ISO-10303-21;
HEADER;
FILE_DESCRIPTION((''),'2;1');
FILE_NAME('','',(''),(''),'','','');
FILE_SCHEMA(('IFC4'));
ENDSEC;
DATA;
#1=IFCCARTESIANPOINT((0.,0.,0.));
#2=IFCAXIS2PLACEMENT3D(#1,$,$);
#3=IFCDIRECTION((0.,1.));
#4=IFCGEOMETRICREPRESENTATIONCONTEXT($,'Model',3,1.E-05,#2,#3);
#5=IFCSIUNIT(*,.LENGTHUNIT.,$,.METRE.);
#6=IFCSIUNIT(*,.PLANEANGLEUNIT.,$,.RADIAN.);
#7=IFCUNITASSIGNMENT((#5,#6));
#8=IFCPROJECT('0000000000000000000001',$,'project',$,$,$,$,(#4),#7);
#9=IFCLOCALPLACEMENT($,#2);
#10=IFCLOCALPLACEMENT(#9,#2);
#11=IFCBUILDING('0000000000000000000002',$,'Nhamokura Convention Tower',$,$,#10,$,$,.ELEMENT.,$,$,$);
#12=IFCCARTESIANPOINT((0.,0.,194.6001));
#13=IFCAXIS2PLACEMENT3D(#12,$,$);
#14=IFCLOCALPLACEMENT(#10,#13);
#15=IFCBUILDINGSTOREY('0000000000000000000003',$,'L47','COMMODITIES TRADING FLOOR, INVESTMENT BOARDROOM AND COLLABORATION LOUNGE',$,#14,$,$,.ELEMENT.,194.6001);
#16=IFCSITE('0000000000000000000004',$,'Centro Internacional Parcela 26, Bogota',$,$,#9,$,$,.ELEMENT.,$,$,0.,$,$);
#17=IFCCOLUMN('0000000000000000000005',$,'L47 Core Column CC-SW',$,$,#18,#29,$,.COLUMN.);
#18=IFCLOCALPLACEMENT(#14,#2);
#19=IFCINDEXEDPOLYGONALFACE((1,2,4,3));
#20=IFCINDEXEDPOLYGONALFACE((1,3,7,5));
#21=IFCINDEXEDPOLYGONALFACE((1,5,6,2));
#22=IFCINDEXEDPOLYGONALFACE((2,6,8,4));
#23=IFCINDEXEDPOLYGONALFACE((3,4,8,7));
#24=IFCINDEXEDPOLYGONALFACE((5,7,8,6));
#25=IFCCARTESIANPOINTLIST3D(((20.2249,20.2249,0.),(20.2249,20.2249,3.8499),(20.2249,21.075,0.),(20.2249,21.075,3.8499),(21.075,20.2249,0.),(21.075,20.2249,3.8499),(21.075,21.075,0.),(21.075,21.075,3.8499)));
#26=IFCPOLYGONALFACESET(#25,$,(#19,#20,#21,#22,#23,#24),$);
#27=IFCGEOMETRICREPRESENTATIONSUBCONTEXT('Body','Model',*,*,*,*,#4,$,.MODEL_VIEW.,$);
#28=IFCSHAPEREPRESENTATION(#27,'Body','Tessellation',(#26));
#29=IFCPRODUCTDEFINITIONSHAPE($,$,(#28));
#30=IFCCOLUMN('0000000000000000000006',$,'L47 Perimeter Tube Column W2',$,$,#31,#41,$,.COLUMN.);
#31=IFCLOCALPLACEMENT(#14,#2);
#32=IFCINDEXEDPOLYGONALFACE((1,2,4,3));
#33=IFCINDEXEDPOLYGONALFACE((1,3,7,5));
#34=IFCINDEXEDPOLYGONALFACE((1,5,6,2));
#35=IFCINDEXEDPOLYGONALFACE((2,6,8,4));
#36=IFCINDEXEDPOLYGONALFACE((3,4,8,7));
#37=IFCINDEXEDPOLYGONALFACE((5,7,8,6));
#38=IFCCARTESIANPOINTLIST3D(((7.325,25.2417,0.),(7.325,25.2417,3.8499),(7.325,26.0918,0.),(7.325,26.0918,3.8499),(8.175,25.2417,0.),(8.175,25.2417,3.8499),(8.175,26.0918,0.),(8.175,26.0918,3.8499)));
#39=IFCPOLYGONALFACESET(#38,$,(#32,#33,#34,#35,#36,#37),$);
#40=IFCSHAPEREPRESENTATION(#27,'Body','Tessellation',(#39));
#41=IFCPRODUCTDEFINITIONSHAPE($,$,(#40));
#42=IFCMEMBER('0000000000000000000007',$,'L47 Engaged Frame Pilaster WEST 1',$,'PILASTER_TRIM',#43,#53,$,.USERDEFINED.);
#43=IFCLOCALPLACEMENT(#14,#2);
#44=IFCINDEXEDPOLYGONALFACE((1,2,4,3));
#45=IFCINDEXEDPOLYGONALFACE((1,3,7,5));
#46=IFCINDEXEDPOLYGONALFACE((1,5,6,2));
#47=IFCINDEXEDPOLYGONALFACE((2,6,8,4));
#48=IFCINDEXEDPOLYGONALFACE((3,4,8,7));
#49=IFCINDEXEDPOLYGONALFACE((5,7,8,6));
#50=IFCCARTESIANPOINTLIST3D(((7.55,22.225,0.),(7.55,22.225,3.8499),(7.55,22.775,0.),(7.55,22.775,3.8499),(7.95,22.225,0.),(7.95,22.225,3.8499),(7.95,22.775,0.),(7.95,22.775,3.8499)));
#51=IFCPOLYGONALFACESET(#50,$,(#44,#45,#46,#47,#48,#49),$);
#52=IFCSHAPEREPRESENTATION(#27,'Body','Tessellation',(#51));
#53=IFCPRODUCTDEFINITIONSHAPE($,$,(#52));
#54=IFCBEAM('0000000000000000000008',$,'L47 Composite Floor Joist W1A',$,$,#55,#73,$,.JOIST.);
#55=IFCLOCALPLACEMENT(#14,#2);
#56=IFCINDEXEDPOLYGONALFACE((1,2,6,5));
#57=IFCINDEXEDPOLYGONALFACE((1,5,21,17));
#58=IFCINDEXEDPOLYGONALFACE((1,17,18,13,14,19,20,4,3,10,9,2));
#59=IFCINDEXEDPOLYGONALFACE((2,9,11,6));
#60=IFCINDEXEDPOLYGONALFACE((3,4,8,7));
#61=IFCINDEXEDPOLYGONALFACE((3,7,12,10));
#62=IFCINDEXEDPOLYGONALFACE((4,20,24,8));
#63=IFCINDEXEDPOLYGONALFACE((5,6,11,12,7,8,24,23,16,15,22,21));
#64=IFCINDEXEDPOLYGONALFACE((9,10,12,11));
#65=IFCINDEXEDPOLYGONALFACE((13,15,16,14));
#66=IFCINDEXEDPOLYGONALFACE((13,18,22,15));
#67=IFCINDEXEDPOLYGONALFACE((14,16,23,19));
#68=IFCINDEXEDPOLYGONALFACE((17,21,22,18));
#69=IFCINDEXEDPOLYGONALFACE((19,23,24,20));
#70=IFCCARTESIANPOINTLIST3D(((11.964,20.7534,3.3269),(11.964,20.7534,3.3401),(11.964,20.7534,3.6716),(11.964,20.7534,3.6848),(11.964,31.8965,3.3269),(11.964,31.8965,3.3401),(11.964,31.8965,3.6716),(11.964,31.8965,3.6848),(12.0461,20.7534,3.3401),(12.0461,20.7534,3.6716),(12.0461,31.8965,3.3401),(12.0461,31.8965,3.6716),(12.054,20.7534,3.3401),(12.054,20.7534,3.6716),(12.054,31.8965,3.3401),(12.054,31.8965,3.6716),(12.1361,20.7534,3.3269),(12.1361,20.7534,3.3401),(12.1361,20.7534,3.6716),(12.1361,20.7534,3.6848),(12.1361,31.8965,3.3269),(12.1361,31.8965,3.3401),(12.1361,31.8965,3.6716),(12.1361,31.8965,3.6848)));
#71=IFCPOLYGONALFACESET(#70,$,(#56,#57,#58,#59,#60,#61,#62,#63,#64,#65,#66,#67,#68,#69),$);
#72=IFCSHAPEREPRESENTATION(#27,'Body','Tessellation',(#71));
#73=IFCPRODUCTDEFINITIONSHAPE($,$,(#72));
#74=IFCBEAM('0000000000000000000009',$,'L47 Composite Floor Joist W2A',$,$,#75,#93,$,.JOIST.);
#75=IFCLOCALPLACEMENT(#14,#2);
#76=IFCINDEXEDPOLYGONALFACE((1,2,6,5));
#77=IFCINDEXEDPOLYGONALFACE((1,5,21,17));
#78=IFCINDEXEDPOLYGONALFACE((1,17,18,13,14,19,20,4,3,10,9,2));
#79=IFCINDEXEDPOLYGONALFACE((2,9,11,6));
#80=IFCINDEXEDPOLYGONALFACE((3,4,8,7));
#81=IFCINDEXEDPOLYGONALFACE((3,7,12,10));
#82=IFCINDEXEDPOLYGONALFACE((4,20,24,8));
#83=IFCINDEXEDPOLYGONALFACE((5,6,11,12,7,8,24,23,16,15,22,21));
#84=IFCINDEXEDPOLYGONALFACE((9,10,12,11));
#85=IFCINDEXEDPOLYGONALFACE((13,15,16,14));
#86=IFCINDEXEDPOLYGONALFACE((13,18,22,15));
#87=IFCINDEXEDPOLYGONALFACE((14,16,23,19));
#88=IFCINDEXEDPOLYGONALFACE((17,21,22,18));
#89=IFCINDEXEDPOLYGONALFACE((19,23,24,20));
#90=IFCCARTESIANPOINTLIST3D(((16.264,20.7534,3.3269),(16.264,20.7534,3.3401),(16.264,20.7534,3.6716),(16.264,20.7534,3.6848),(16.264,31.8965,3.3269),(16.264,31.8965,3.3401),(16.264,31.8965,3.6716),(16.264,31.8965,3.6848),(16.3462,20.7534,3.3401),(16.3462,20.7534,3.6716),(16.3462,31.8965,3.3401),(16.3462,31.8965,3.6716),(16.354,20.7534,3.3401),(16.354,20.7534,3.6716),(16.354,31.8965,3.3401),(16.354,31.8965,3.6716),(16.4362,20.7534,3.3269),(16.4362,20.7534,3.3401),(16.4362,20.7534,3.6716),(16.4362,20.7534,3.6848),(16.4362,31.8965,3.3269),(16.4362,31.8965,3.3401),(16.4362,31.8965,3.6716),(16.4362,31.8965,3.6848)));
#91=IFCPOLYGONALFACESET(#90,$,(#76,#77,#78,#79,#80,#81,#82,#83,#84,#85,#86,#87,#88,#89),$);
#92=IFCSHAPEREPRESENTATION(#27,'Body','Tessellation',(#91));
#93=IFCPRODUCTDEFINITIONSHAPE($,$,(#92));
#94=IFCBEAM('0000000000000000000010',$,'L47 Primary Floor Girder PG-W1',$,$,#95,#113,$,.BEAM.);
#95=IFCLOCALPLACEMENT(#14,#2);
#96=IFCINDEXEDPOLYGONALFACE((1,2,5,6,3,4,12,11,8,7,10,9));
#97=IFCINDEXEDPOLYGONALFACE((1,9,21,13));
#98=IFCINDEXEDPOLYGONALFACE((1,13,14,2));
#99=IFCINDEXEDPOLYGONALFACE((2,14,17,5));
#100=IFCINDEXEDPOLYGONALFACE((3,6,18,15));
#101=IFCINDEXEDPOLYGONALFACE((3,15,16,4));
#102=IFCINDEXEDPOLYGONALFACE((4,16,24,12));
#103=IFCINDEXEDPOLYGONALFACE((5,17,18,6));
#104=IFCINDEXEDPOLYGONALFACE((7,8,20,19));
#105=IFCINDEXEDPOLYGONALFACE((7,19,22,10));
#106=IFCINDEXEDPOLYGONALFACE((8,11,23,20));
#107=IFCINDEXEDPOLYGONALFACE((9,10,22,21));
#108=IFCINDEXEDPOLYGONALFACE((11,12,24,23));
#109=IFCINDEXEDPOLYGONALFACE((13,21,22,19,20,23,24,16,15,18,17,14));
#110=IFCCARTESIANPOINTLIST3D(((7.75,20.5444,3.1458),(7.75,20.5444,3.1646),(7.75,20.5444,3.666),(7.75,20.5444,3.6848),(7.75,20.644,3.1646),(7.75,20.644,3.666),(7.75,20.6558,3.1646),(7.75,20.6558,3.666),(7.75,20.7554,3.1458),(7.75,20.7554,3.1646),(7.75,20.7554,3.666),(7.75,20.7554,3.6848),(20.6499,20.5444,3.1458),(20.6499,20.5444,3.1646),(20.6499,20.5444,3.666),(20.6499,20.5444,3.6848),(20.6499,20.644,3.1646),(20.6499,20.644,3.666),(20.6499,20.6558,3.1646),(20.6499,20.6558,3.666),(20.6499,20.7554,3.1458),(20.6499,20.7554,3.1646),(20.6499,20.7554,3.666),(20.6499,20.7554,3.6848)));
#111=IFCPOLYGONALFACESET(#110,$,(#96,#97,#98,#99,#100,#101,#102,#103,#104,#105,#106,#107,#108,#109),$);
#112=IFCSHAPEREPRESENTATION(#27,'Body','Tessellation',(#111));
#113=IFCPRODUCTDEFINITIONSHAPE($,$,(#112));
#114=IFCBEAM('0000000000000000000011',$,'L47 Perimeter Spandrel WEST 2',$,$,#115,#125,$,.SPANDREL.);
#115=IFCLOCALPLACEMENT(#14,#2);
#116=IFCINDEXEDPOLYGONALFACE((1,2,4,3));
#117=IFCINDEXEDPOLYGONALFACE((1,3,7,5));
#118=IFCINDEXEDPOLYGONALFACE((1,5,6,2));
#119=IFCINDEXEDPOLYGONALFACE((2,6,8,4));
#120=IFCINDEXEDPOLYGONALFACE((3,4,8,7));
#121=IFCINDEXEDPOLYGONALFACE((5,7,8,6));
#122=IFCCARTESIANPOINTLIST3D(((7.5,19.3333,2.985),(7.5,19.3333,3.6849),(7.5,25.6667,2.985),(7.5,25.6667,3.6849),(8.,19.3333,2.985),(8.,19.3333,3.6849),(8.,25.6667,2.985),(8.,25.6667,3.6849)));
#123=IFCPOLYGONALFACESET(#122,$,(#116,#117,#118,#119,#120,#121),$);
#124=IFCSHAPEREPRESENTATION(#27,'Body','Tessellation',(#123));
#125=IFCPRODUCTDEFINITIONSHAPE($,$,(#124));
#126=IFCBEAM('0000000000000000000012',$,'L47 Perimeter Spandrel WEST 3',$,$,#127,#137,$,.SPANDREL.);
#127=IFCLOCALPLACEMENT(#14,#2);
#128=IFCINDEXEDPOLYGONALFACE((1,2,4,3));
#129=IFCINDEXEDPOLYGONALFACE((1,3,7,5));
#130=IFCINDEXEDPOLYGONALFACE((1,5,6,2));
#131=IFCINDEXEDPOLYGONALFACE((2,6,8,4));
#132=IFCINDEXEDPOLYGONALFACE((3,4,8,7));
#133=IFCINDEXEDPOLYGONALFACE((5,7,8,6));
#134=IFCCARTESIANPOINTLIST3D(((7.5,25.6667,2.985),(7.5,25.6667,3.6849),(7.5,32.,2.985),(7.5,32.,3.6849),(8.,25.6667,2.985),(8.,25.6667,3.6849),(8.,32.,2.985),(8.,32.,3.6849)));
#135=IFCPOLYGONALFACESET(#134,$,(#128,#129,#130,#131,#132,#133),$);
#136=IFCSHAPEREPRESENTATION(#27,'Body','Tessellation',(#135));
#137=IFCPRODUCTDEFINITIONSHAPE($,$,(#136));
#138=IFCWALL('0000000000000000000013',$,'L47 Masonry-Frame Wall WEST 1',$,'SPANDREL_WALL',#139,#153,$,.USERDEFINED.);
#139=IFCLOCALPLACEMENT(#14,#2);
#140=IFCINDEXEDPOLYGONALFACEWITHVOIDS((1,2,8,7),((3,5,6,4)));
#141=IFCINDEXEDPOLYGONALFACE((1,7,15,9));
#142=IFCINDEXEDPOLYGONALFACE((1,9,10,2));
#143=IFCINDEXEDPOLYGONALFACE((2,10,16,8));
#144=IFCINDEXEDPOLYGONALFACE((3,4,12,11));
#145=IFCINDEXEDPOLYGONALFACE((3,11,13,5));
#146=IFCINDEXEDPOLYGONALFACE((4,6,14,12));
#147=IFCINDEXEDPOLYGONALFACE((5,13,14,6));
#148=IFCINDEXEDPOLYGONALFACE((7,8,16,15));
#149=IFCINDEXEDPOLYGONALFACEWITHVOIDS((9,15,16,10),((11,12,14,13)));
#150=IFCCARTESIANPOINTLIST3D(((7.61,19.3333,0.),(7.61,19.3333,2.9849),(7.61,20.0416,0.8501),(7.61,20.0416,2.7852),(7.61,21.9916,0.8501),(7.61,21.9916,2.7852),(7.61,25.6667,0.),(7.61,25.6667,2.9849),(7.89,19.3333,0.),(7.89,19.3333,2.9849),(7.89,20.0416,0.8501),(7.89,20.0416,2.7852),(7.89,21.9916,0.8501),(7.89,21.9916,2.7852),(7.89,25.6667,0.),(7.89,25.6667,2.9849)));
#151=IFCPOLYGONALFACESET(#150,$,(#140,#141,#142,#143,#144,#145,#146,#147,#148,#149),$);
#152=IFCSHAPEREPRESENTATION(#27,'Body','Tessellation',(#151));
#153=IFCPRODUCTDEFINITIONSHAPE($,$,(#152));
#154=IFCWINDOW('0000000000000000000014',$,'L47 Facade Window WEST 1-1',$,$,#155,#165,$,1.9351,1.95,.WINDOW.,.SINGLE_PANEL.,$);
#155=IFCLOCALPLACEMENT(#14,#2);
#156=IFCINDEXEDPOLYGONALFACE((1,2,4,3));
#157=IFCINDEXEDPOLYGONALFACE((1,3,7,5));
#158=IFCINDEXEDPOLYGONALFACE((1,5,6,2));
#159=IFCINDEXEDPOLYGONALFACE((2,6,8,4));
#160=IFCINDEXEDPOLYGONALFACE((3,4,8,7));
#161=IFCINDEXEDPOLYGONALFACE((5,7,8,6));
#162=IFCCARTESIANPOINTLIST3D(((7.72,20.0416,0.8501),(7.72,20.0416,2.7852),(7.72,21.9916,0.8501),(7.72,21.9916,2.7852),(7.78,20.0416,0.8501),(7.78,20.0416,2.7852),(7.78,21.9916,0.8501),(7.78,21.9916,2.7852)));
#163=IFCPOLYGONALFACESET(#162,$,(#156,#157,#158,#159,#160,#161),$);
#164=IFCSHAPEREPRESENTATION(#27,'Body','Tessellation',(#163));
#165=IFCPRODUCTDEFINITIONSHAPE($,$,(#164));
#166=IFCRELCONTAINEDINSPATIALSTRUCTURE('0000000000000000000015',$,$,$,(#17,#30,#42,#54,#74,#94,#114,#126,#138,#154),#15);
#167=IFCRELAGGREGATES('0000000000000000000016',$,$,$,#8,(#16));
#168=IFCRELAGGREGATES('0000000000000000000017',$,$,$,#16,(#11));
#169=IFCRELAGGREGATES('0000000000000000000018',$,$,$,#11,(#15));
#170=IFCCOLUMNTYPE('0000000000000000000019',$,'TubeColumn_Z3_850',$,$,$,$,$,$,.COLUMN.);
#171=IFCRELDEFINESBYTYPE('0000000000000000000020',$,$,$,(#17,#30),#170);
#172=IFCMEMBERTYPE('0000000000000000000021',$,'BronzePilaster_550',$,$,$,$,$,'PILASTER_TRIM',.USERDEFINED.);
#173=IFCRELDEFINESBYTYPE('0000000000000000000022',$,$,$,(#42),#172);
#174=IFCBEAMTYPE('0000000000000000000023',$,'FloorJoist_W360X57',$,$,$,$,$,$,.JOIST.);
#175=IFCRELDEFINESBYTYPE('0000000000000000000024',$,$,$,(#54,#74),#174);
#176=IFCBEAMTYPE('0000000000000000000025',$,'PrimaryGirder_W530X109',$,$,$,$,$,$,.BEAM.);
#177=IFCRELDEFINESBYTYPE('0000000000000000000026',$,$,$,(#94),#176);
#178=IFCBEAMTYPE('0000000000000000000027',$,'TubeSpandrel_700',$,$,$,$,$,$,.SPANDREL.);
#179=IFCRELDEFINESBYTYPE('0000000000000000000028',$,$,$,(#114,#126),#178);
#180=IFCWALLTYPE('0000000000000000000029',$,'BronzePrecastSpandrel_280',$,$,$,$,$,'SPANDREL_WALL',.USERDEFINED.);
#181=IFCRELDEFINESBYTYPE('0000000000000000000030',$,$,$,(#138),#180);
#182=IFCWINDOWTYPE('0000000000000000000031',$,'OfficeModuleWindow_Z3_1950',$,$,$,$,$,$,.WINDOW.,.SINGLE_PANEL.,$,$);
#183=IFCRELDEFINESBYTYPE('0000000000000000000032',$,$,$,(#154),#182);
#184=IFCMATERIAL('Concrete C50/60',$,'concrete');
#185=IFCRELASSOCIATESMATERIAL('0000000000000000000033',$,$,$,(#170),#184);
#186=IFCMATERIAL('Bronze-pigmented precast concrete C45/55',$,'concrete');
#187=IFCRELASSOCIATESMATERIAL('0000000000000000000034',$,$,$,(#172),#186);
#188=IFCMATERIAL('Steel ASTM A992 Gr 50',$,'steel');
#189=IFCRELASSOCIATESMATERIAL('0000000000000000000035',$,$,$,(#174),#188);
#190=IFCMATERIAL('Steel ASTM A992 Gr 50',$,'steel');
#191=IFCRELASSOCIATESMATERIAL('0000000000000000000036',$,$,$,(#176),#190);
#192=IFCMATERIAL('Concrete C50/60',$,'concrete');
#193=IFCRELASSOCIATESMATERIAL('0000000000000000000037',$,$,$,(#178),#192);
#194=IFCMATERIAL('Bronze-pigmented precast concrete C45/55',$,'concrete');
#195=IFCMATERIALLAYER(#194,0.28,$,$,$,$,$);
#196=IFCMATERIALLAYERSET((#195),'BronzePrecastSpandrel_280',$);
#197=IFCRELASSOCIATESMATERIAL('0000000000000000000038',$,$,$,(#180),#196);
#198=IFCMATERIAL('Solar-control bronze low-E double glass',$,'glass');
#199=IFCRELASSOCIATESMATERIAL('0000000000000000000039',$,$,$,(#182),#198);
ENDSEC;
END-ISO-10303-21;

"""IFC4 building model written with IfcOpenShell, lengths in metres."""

from ifc_helpers import new_model, si_unit, direction, frame, frame_2d, origin, origin_2d, place, context, subcontext, project, spatial, rectangle, i_section, extrude, material, layer, layer_set, material_profile, profile_set, type_object, element, fill, save


model = new_model("IFC4")

# Units and contexts
model_context = context("Model", 3, precision=1e-05, world=origin(), true_north=direction((0.0, 1.0)))
body_context = subcontext(model_context, "Body", "Model", "MODEL_VIEW")
ifc_project = project(units=[si_unit("LENGTHUNIT", "METRE"), si_unit("PLANEANGLEUNIT", "RADIAN")], contexts=[model_context])

# Site, building, storey
site_placement = place(None, origin())
site = spatial("IfcSite", under=ifc_project, at=site_placement, Name="Centro Internacional Parcela 26, Bogota", CompositionType="ELEMENT", RefElevation=0.0)
building_placement = place(site_placement, origin())
building = spatial("IfcBuilding", under=site, at=building_placement, Name="Nhamokura Convention Tower", CompositionType="ELEMENT")
storey_placement = place(building_placement, frame((0.0, 0.0, 194.6001)))
storey = spatial("IfcBuildingStorey", under=building, at=storey_placement, Name="L47", Description="COMMODITIES TRADING FLOOR, INVESTMENT BOARDROOM AND COLLABORATION LOUNGE", CompositionType="ELEMENT", Elevation=194.6001)

# Columns
ifc_material_1 = material(Name="Concrete C50/60", Category="concrete")
ifc_material_profile_1 = material_profile(ifc_material_1, rectangle(XDim=0.8501, YDim=0.8501, at=origin_2d()))
ifc_profile_set_1 = profile_set([ifc_material_profile_1], Name="Concrete C50/60")
column_type = type_object("IfcColumnType", Name="TubeColumn_Z3_850", PredefinedType="COLUMN", material=ifc_profile_set_1)
for number, where, z_axis, x_axis, name in (
    (1, (20.6499, 20.6499, 0.0), (0.0, 0.0, 1.0), (1.0, 0.0, 0.0), "L47 Core Column CC-SW"),
    (2, (7.75, 25.6667, 0.0), (0.0, 0.0, 1.0), (1.0, 0.0, 0.0), "L47 Perimeter Tube Column W2"),
):
    element("IfcColumn", number, at=place(storey_placement, frame(where, z_axis=z_axis, x_axis=x_axis)), inside=storey, type_object=column_type, Name=name, PredefinedType="COLUMN", context=body_context, shape_type="SweptSolid", body=[
        extrude(rectangle(XDim=0.8501, YDim=0.8501, at=origin_2d()), origin(), (0.0, 0.0, 1.0), 3.8499),
    ])

# Member
ifc_material_2 = material(Name="Bronze-pigmented precast concrete C45/55", Category="concrete")
ifc_material_profile_2 = material_profile(ifc_material_2, rectangle(XDim=0.3999, YDim=0.55, at=origin_2d()))
ifc_profile_set_2 = profile_set([ifc_material_profile_2], Name="Bronze-pigmented precast concrete C45/55")
member_type = type_object("IfcMemberType", Name="BronzePilaster_550", ElementType="PILASTER_TRIM", PredefinedType="USERDEFINED", material=ifc_profile_set_2)
member_placement = place(storey_placement, frame((7.75, 22.5, 0.0), z_axis=(0.0, 0.0, 1.0), x_axis=(1.0, 0.0, 0.0)))
element("IfcMember", 3, at=member_placement, inside=storey, type_object=member_type, Name="L47 Engaged Frame Pilaster WEST 1", ObjectType="PILASTER_TRIM", PredefinedType="USERDEFINED", context=body_context, shape_type="SweptSolid", body=[
    extrude(rectangle(XDim=0.3999, YDim=0.55, at=origin_2d()), origin(), (0.0, 0.0, 1.0), 3.8499),
])

# Beams
ifc_material_3 = material(Name="Steel ASTM A992 Gr 50", Category="steel")
ifc_material_profile_3 = material_profile(ifc_material_3, i_section(OverallWidth=0.1721, OverallDepth=0.3579, WebThickness=0.0078, FlangeThickness=0.0132, at=origin_2d()))
ifc_profile_set_3 = profile_set([ifc_material_profile_3], Name="Steel ASTM A992 Gr 50")
beam_type_1 = type_object("IfcBeamType", Name="FloorJoist_W360X57", PredefinedType="JOIST", material=ifc_profile_set_3)
for number, where, z_axis, x_axis, name in (
    (4, (12.05, 20.7534, 3.5059), (0.0, 1.0, 0.0), (-1.0, 0.0, 0.0), "L47 Composite Floor Joist W1A"),
    (5, (16.3501, 20.7534, 3.5059), (0.0, 1.0, 0.0), (-1.0, 0.0, 0.0), "L47 Composite Floor Joist W2A"),
):
    element("IfcBeam", number, at=place(storey_placement, frame(where, z_axis=z_axis, x_axis=x_axis)), inside=storey, type_object=beam_type_1, Name=name, PredefinedType="JOIST", context=body_context, shape_type="SweptSolid", body=[
        extrude(i_section(OverallWidth=0.1721, OverallDepth=0.3579, WebThickness=0.0078, FlangeThickness=0.0132, at=origin_2d()), origin(), (0.0, 0.0, 1.0), 11.1431),
    ])
ifc_material_4 = material(Name="Steel ASTM A992 Gr 50", Category="steel")
ifc_material_profile_4 = material_profile(ifc_material_4, i_section(OverallWidth=0.2109, OverallDepth=0.5391, WebThickness=0.0117, FlangeThickness=0.0188, at=origin_2d()))
ifc_profile_set_4 = profile_set([ifc_material_profile_4], Name="Steel ASTM A992 Gr 50")
beam_type_2 = type_object("IfcBeamType", Name="PrimaryGirder_W530X109", PredefinedType="BEAM", material=ifc_profile_set_4)
beam_1_placement = place(storey_placement, frame((7.75, 20.6499, 3.4153), z_axis=(1.0, 0.0, 0.0), x_axis=(0.0, 1.0, 0.0)))
element("IfcBeam", 6, at=beam_1_placement, inside=storey, type_object=beam_type_2, Name="L47 Primary Floor Girder PG-W1", PredefinedType="BEAM", context=body_context, shape_type="SweptSolid", body=[
    extrude(i_section(OverallWidth=0.2109, OverallDepth=0.5391, WebThickness=0.0117, FlangeThickness=0.0188, at=origin_2d()), origin(), (0.0, 0.0, 1.0), 12.8999),
])
ifc_material_5 = material(Name="Concrete C50/60", Category="concrete")
ifc_material_profile_5 = material_profile(ifc_material_5, rectangle(XDim=0.5, YDim=0.7, at=origin_2d()))
ifc_profile_set_5 = profile_set([ifc_material_profile_5], Name="Concrete C50/60")
beam_type_3 = type_object("IfcBeamType", Name="TubeSpandrel_700", PredefinedType="SPANDREL", material=ifc_profile_set_5)
beam_2_placement = place(storey_placement, frame((7.75, 19.3333, 3.335), z_axis=(0.0, 1.0, 0.0), x_axis=(-1.0, 0.0, 0.0)))
element("IfcBeam", 7, at=beam_2_placement, inside=storey, type_object=beam_type_3, Name="L47 Perimeter Spandrel WEST 2", PredefinedType="SPANDREL", context=body_context, shape_type="SweptSolid", body=[
    extrude(rectangle(XDim=0.5, YDim=0.7, at=origin_2d()), origin(), (0.0, 0.0, 1.0), 6.3335),
])
beam_3_placement = place(storey_placement, frame((7.75, 25.6667, 3.335), z_axis=(0.0, 1.0, 0.0), x_axis=(-1.0, 0.0, 0.0)))
element("IfcBeam", 8, at=beam_3_placement, inside=storey, type_object=beam_type_3, Name="L47 Perimeter Spandrel WEST 3", PredefinedType="SPANDREL", context=body_context, shape_type="SweptSolid", body=[
    extrude(rectangle(XDim=0.5, YDim=0.7, at=origin_2d()), origin(), (0.0, 0.0, 1.0), 6.3333),
])

# Wall, opening, window
ifc_material_6 = material(Name="Bronze-pigmented precast concrete C45/55", Category="concrete")
ifc_layer_1 = layer(ifc_material_6, 0.28)
ifc_layer_set_1 = layer_set([ifc_layer_1], Name="BronzePrecastSpandrel_280")
wall_type_1 = type_object("IfcWallType", Name="BronzePrecastSpandrel_280", ElementType="SPANDREL_WALL", PredefinedType="USERDEFINED", material=ifc_layer_set_1)
wall_1_placement = place(storey_placement, frame((7.75, 19.3333, 0.0), z_axis=(0.0, 0.0, 1.0), x_axis=(0.0, 1.0, 0.0)))
wall_1 = element("IfcWall", 9, at=wall_1_placement, inside=storey, type_object=wall_type_1, Name="L47 Masonry-Frame Wall WEST 1", ObjectType="SPANDREL_WALL", PredefinedType="USERDEFINED", context=body_context, shape_type="SweptSolid", body=[
    extrude(rectangle(XDim=6.3335, YDim=0.28, at=frame_2d((3.1667, 0.0))), origin(), (0.0, 0.0, 1.0), 2.9849),
])
opening_1_placement = place(wall_1_placement, frame((0.7083, 0.0, 0.8501)))
opening_1 = element("IfcOpeningElement", 10, at=opening_1_placement, cuts=wall_1, PredefinedType="OPENING", context=body_context, shape_type="SweptSolid", body=[
    extrude(rectangle(XDim=1.95, YDim=1.9351, at=frame_2d((0.9751, 0.9675))), frame((0.0, 0.1499, 0.0), z_axis=(0.0, -1.0, 0.0), x_axis=(1.0, 0.0, 0.0)), (0.0, 0.0, 1.0), 0.3),
])
ifc_material_7 = material(Name="Solar-control bronze low-E double glass", Category="glass")
window_type_1 = type_object("IfcWindowType", Name="OfficeModuleWindow_Z3_1950", PartitioningType="SINGLE_PANEL", PredefinedType="WINDOW", material=ifc_material_7)
window_1_placement = place(opening_1_placement, origin())
window_1 = element("IfcWindow", 11, at=window_1_placement, inside=storey, type_object=window_type_1, Name="L47 Facade Window WEST 1-1", OverallHeight=1.9351, OverallWidth=1.95, PartitioningType="SINGLE_PANEL", PredefinedType="WINDOW", context=body_context, shape_type="SweptSolid", body=[
    extrude(rectangle(XDim=1.95, YDim=1.9351, at=frame_2d((0.9751, 0.9675))), frame((0.0, 0.03, 0.0), z_axis=(0.0, -1.0, 0.0), x_axis=(1.0, 0.0, 0.0)), (0.0, 0.0, 1.0), 0.0601),
])
fill(opening_1, window_1)

save(model, "model.ifc")
